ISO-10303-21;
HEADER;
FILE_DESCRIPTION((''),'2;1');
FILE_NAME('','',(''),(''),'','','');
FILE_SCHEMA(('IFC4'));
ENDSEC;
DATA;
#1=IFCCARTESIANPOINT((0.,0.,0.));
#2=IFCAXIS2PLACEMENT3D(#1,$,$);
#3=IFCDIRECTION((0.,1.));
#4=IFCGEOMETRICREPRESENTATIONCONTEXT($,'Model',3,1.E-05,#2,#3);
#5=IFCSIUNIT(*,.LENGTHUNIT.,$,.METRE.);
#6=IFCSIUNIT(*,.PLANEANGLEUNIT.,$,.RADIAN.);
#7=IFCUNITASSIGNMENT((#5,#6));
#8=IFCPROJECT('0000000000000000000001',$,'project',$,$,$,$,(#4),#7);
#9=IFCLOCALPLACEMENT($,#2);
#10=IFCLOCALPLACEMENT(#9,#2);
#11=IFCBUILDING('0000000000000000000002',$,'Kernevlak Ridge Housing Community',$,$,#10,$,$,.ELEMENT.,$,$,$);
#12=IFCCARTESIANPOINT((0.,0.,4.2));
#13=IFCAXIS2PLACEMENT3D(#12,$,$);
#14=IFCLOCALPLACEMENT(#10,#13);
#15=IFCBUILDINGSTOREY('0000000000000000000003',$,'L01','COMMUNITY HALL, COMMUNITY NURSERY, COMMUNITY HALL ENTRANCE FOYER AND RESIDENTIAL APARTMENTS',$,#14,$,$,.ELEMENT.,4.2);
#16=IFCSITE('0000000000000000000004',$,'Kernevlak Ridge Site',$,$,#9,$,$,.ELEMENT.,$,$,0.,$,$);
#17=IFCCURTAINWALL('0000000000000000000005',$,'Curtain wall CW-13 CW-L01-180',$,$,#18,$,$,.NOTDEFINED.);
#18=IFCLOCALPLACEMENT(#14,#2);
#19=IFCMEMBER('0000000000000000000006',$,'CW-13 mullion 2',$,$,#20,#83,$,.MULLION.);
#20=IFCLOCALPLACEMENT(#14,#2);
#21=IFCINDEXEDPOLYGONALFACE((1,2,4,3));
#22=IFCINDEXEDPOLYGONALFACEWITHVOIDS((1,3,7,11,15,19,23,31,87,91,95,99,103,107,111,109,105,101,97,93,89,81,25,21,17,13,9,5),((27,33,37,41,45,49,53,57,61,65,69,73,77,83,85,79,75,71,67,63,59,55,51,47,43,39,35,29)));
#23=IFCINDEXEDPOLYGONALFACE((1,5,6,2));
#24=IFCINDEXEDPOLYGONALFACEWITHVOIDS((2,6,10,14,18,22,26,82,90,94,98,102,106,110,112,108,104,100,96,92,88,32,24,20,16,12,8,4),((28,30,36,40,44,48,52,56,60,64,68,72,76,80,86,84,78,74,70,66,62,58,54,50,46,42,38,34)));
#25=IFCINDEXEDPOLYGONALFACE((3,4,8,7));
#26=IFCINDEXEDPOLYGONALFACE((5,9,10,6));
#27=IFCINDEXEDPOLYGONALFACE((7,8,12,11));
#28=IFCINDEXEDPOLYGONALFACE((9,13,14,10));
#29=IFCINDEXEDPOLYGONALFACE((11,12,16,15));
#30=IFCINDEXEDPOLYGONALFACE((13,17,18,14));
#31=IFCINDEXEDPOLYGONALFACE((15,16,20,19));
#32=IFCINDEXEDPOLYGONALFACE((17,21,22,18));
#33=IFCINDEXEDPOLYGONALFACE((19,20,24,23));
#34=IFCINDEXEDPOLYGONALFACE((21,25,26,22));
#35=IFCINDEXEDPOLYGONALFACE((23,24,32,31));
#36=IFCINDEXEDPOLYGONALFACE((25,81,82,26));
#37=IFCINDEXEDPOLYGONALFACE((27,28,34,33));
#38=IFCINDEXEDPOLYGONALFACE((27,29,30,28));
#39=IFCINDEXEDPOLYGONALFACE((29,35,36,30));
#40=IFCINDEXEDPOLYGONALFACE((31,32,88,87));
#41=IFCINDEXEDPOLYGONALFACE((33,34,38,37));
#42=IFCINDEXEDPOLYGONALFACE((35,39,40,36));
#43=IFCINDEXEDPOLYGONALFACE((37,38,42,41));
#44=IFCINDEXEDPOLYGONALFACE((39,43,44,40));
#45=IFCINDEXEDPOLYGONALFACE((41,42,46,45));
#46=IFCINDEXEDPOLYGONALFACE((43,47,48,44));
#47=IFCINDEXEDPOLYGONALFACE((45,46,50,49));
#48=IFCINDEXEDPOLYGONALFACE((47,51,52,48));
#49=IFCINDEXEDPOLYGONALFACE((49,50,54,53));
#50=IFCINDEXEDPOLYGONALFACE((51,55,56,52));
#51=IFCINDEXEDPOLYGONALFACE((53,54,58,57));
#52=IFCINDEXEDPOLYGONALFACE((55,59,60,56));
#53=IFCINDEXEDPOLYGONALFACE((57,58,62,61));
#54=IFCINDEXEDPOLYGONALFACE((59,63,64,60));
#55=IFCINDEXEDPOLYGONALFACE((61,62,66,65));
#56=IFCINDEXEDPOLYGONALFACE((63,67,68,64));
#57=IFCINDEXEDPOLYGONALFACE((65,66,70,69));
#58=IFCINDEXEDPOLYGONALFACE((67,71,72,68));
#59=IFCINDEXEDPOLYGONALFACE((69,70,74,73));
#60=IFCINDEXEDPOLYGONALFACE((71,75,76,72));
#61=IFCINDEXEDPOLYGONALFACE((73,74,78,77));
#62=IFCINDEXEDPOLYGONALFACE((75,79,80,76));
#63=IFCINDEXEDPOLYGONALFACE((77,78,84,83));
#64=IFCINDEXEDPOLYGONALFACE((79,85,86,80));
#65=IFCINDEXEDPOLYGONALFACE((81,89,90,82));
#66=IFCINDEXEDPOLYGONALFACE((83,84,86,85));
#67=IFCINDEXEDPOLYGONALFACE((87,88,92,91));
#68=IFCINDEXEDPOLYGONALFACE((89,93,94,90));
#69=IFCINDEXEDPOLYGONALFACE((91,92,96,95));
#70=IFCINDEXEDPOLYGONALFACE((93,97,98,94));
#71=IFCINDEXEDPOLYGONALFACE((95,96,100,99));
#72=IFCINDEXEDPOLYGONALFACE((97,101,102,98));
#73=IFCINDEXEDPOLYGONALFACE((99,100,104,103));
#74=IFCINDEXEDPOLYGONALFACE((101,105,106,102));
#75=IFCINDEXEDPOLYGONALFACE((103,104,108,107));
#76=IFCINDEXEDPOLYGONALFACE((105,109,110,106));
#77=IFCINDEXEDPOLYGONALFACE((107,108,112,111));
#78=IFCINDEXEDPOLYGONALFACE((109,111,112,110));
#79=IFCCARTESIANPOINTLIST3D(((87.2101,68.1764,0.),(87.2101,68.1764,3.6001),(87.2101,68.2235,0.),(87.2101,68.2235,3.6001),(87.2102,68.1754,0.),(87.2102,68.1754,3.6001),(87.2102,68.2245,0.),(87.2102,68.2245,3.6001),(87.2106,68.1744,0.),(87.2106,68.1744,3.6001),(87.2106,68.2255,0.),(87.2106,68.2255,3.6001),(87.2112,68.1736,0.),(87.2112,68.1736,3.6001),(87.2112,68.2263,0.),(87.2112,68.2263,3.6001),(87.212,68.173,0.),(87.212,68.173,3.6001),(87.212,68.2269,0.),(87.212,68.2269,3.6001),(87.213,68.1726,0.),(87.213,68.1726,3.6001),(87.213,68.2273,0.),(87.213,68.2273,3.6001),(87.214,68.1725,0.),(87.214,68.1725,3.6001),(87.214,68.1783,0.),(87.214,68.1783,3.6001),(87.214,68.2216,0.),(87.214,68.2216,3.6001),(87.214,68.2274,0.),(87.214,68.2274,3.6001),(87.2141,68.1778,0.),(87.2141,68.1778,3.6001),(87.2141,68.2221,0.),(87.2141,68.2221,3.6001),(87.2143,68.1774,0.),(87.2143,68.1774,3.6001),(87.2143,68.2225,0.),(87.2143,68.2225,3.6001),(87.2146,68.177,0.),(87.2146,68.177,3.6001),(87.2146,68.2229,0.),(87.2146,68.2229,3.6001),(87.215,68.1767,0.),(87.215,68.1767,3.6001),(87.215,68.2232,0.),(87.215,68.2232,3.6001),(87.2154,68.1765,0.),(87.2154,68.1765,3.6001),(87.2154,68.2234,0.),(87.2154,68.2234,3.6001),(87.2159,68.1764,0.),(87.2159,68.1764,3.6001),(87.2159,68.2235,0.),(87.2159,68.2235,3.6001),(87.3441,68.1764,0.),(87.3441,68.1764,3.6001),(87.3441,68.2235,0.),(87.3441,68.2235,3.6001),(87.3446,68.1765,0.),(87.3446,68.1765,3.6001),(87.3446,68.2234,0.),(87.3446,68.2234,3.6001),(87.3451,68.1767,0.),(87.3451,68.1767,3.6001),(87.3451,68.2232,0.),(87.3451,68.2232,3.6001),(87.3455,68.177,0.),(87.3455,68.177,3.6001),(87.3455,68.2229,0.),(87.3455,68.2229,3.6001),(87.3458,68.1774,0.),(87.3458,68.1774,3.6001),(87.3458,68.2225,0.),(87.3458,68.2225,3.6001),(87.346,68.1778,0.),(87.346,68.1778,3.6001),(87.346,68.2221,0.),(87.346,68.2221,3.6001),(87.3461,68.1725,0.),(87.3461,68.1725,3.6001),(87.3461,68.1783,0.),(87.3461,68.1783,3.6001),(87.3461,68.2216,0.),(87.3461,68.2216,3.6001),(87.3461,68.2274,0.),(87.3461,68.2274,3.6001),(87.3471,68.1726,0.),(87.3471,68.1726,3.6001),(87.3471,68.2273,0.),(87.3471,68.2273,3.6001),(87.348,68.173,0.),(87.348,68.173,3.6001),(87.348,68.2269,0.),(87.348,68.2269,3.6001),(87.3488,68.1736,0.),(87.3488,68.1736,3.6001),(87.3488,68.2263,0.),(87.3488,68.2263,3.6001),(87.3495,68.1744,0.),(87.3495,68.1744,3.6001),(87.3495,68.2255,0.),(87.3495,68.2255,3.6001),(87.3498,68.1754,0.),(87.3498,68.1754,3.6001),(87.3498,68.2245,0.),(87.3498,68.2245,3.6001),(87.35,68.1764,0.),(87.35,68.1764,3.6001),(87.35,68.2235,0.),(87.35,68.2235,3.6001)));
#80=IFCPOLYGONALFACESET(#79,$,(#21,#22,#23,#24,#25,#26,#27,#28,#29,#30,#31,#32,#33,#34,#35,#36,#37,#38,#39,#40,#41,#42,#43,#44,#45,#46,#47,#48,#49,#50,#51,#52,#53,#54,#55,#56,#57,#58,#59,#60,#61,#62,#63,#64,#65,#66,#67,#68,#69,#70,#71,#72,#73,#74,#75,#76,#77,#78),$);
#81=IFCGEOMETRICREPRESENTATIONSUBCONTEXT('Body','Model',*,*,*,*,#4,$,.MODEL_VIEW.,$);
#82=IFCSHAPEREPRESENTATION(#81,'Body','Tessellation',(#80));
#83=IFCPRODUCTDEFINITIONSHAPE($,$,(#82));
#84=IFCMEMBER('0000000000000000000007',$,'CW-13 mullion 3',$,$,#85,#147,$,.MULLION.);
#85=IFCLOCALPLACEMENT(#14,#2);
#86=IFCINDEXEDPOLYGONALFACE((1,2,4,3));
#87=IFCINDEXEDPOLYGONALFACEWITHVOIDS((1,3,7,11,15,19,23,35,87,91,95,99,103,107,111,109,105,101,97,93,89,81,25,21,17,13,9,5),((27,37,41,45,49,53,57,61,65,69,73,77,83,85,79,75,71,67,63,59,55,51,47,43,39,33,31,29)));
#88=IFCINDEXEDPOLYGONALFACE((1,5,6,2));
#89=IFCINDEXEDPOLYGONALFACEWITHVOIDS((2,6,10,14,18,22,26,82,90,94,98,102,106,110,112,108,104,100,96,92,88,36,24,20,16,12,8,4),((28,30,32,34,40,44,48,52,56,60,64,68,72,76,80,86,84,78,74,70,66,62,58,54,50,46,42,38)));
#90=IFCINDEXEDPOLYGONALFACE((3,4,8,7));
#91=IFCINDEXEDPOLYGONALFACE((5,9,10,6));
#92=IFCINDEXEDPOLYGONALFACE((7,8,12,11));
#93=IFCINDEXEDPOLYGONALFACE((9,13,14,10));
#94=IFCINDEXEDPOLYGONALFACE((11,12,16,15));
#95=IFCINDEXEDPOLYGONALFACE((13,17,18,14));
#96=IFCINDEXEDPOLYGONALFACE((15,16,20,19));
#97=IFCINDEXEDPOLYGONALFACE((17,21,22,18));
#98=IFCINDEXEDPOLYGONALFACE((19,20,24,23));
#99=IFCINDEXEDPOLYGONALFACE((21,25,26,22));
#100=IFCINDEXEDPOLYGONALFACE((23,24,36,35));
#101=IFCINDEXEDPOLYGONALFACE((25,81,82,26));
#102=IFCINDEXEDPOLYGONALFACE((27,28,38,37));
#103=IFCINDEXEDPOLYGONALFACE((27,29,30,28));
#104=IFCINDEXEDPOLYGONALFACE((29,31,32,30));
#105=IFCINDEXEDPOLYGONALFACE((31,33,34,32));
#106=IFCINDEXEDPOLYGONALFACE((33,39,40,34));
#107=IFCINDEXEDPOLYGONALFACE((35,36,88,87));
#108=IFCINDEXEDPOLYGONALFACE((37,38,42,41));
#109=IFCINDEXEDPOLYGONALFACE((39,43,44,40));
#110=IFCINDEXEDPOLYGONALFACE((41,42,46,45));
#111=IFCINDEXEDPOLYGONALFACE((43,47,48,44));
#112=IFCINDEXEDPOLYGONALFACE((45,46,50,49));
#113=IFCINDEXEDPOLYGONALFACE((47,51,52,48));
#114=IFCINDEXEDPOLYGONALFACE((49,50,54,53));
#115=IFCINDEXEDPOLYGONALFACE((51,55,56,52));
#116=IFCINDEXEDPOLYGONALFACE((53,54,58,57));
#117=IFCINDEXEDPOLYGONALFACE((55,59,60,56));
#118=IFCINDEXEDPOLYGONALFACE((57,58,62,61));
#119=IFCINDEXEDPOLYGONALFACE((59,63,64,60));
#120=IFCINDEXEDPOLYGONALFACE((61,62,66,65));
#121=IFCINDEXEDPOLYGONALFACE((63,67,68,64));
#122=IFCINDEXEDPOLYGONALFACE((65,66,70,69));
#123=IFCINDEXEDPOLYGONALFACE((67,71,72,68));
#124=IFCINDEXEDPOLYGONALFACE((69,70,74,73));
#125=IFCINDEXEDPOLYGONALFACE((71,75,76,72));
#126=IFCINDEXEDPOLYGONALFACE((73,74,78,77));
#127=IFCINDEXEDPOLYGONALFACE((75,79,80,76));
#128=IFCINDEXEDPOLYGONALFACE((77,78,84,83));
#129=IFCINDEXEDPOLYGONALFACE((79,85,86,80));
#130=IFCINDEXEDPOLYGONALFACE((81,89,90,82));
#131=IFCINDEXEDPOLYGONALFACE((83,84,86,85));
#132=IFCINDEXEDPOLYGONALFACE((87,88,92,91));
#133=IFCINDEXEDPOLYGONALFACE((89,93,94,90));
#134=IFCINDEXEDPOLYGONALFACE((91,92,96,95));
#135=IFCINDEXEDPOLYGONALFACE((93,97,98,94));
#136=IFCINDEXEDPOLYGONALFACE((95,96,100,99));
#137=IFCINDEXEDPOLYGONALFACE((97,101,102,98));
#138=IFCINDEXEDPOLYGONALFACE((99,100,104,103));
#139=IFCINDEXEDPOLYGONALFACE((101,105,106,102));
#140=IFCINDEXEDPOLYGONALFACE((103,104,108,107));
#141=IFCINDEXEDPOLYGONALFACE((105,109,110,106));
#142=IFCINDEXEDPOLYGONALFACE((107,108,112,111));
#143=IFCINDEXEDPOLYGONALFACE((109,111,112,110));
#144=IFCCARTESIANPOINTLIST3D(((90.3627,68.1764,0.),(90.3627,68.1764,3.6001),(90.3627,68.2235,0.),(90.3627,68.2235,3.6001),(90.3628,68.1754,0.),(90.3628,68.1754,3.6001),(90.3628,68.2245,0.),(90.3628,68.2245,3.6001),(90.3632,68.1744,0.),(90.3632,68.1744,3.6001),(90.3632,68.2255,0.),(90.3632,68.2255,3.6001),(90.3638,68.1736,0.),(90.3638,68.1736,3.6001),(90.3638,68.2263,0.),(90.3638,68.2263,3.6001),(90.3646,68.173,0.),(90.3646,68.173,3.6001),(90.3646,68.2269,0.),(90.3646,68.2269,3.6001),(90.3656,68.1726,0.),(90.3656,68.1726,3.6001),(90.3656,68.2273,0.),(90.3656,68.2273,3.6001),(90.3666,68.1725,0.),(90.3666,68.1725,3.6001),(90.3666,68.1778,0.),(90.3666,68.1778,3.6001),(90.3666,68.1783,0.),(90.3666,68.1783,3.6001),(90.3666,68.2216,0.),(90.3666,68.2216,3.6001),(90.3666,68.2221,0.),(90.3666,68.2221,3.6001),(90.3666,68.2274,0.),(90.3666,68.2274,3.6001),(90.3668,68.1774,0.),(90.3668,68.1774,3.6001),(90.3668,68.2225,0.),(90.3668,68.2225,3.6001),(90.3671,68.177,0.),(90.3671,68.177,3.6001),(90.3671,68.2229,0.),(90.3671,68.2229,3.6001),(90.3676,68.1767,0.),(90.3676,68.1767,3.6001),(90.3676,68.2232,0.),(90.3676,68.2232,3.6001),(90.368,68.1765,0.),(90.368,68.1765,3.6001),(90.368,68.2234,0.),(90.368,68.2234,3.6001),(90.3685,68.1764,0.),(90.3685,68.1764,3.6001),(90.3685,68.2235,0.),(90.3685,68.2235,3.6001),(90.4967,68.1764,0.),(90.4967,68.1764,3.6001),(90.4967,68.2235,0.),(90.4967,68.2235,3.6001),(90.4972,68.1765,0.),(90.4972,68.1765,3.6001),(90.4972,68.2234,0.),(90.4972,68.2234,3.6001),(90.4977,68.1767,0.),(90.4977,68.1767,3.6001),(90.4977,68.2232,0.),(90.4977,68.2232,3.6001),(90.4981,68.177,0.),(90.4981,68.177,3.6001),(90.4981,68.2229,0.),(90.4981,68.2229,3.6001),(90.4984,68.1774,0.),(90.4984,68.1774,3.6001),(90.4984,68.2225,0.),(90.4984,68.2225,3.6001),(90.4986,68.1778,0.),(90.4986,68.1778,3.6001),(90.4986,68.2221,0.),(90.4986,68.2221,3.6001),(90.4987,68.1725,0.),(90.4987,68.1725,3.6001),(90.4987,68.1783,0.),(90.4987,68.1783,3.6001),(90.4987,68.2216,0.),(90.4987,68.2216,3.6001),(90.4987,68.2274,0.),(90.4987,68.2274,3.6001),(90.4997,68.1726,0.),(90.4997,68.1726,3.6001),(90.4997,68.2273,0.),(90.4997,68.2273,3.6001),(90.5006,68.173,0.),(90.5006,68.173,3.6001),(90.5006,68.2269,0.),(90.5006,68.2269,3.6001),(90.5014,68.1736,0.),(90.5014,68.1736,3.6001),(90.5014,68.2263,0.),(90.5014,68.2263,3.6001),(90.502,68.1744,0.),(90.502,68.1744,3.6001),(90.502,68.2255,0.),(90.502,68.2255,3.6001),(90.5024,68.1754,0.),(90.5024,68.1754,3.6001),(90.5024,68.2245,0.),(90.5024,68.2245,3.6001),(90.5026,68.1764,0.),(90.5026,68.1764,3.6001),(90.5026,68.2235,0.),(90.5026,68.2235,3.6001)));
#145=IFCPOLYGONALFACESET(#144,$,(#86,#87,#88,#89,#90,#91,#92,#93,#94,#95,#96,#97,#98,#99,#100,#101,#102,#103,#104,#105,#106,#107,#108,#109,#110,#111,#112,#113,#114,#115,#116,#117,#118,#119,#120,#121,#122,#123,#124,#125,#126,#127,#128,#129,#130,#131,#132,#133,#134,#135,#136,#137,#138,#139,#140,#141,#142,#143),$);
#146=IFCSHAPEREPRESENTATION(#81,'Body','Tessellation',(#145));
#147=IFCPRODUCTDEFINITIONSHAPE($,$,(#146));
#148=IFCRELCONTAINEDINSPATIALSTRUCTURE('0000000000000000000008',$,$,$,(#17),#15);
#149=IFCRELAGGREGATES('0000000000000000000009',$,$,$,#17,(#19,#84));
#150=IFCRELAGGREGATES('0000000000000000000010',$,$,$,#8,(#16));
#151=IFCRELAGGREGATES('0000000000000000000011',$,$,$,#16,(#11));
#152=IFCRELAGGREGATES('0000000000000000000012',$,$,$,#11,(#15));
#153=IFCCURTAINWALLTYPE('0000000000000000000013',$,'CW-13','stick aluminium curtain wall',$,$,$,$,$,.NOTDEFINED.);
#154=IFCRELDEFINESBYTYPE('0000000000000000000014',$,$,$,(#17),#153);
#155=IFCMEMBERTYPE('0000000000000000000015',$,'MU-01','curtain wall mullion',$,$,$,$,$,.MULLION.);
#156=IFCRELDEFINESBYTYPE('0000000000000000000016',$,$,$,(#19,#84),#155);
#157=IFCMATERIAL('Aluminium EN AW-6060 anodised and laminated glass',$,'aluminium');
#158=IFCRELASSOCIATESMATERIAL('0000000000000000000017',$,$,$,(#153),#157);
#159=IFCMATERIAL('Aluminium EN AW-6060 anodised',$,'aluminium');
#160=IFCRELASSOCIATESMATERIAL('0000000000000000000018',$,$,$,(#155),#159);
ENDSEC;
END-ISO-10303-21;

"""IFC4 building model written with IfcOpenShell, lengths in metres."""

from ifc_helpers import new_model, si_unit, direction, frame, origin, origin_2d, place, context, subcontext, project, spatial, hollow_rectangle, extrude, material, material_profile, profile_set, type_object, element, aggregate, save


model = new_model("IFC4")

# Units and contexts
model_context = context("Model", 3, precision=1e-05, world=origin(), true_north=direction((0.0, 1.0)))
body_context = subcontext(model_context, "Body", "Model", "MODEL_VIEW")
ifc_project = project(units=[si_unit("LENGTHUNIT", "METRE"), si_unit("PLANEANGLEUNIT", "RADIAN")], contexts=[model_context])

# Site, building, storey
site_placement = place(None, origin())
site = spatial("IfcSite", under=ifc_project, at=site_placement, Name="Kernevlak Ridge Site", CompositionType="ELEMENT", RefElevation=0.0)
building_placement = place(site_placement, origin())
building = spatial("IfcBuilding", under=site, at=building_placement, Name="Kernevlak Ridge Housing Community", CompositionType="ELEMENT")
storey_placement = place(building_placement, frame((0.0, 0.0, 4.2)))
storey = spatial("IfcBuildingStorey", under=building, at=storey_placement, Name="L01", Description="COMMUNITY HALL, COMMUNITY NURSERY, COMMUNITY HALL ENTRANCE FOYER AND RESIDENTIAL APARTMENTS", CompositionType="ELEMENT", Elevation=4.2)

# Curtain wall, members
ifc_material_1 = material(Name="Aluminium EN AW-6060 anodised and laminated glass", Category="aluminium")
curtain_wall_type_1 = type_object("IfcCurtainWallType", Name="CW-13", Description="stick aluminium curtain wall", PredefinedType="NOTDEFINED", material=ifc_material_1)
curtain_wall_1_placement = place(storey_placement, origin())
curtain_wall_1 = element("IfcCurtainWall", 1, at=curtain_wall_1_placement, inside=storey, type_object=curtain_wall_type_1, Name="Curtain wall CW-13 CW-L01-180", PredefinedType="NOTDEFINED")
ifc_material_2 = material(Name="Aluminium EN AW-6060 anodised", Category="aluminium")
ifc_material_profile_1 = material_profile(ifc_material_2, hollow_rectangle(XDim=0.0549, YDim=0.1399, WallThickness=0.0039, InnerFilletRadius=0.002, OuterFilletRadius=0.0039, at=origin_2d()), Name="ALU 55x140x4")
ifc_profile_set_1 = profile_set([ifc_material_profile_1], Name="Aluminium EN AW-6060 anodised")
member_type_1 = type_object("IfcMemberType", Name="MU-01", Description="curtain wall mullion", PredefinedType="MULLION", material=ifc_profile_set_1)
member_1_placement = place(storey_placement, frame((87.28, 68.2, 0.0), z_axis=(0.0, 0.0, 1.0), x_axis=(0.0, 1.0, 0.0)))
member_1 = element("IfcMember", 2, at=member_1_placement, type_object=member_type_1, Name="CW-13 mullion 2", PredefinedType="MULLION", context=body_context, shape_type="SweptSolid", body=[
    extrude(hollow_rectangle(XDim=0.0549, YDim=0.1399, WallThickness=0.0039, InnerFilletRadius=0.002, OuterFilletRadius=0.0039, at=origin_2d()), origin(), (0.0, 0.0, 1.0), 3.6001),
])
member_2_placement = place(storey_placement, frame((90.4326, 68.2, 0.0), z_axis=(0.0, 0.0, 1.0), x_axis=(0.0, 1.0, 0.0)))
member_2 = element("IfcMember", 3, at=member_2_placement, type_object=member_type_1, Name="CW-13 mullion 3", PredefinedType="MULLION", context=body_context, shape_type="SweptSolid", body=[
    extrude(hollow_rectangle(XDim=0.0549, YDim=0.1399, WallThickness=0.0039, InnerFilletRadius=0.002, OuterFilletRadius=0.0039, at=origin_2d()), origin(), (0.0, 0.0, 1.0), 3.6001),
])

aggregate(curtain_wall_1, [member_1, member_2])

save(model, "model.ifc")
